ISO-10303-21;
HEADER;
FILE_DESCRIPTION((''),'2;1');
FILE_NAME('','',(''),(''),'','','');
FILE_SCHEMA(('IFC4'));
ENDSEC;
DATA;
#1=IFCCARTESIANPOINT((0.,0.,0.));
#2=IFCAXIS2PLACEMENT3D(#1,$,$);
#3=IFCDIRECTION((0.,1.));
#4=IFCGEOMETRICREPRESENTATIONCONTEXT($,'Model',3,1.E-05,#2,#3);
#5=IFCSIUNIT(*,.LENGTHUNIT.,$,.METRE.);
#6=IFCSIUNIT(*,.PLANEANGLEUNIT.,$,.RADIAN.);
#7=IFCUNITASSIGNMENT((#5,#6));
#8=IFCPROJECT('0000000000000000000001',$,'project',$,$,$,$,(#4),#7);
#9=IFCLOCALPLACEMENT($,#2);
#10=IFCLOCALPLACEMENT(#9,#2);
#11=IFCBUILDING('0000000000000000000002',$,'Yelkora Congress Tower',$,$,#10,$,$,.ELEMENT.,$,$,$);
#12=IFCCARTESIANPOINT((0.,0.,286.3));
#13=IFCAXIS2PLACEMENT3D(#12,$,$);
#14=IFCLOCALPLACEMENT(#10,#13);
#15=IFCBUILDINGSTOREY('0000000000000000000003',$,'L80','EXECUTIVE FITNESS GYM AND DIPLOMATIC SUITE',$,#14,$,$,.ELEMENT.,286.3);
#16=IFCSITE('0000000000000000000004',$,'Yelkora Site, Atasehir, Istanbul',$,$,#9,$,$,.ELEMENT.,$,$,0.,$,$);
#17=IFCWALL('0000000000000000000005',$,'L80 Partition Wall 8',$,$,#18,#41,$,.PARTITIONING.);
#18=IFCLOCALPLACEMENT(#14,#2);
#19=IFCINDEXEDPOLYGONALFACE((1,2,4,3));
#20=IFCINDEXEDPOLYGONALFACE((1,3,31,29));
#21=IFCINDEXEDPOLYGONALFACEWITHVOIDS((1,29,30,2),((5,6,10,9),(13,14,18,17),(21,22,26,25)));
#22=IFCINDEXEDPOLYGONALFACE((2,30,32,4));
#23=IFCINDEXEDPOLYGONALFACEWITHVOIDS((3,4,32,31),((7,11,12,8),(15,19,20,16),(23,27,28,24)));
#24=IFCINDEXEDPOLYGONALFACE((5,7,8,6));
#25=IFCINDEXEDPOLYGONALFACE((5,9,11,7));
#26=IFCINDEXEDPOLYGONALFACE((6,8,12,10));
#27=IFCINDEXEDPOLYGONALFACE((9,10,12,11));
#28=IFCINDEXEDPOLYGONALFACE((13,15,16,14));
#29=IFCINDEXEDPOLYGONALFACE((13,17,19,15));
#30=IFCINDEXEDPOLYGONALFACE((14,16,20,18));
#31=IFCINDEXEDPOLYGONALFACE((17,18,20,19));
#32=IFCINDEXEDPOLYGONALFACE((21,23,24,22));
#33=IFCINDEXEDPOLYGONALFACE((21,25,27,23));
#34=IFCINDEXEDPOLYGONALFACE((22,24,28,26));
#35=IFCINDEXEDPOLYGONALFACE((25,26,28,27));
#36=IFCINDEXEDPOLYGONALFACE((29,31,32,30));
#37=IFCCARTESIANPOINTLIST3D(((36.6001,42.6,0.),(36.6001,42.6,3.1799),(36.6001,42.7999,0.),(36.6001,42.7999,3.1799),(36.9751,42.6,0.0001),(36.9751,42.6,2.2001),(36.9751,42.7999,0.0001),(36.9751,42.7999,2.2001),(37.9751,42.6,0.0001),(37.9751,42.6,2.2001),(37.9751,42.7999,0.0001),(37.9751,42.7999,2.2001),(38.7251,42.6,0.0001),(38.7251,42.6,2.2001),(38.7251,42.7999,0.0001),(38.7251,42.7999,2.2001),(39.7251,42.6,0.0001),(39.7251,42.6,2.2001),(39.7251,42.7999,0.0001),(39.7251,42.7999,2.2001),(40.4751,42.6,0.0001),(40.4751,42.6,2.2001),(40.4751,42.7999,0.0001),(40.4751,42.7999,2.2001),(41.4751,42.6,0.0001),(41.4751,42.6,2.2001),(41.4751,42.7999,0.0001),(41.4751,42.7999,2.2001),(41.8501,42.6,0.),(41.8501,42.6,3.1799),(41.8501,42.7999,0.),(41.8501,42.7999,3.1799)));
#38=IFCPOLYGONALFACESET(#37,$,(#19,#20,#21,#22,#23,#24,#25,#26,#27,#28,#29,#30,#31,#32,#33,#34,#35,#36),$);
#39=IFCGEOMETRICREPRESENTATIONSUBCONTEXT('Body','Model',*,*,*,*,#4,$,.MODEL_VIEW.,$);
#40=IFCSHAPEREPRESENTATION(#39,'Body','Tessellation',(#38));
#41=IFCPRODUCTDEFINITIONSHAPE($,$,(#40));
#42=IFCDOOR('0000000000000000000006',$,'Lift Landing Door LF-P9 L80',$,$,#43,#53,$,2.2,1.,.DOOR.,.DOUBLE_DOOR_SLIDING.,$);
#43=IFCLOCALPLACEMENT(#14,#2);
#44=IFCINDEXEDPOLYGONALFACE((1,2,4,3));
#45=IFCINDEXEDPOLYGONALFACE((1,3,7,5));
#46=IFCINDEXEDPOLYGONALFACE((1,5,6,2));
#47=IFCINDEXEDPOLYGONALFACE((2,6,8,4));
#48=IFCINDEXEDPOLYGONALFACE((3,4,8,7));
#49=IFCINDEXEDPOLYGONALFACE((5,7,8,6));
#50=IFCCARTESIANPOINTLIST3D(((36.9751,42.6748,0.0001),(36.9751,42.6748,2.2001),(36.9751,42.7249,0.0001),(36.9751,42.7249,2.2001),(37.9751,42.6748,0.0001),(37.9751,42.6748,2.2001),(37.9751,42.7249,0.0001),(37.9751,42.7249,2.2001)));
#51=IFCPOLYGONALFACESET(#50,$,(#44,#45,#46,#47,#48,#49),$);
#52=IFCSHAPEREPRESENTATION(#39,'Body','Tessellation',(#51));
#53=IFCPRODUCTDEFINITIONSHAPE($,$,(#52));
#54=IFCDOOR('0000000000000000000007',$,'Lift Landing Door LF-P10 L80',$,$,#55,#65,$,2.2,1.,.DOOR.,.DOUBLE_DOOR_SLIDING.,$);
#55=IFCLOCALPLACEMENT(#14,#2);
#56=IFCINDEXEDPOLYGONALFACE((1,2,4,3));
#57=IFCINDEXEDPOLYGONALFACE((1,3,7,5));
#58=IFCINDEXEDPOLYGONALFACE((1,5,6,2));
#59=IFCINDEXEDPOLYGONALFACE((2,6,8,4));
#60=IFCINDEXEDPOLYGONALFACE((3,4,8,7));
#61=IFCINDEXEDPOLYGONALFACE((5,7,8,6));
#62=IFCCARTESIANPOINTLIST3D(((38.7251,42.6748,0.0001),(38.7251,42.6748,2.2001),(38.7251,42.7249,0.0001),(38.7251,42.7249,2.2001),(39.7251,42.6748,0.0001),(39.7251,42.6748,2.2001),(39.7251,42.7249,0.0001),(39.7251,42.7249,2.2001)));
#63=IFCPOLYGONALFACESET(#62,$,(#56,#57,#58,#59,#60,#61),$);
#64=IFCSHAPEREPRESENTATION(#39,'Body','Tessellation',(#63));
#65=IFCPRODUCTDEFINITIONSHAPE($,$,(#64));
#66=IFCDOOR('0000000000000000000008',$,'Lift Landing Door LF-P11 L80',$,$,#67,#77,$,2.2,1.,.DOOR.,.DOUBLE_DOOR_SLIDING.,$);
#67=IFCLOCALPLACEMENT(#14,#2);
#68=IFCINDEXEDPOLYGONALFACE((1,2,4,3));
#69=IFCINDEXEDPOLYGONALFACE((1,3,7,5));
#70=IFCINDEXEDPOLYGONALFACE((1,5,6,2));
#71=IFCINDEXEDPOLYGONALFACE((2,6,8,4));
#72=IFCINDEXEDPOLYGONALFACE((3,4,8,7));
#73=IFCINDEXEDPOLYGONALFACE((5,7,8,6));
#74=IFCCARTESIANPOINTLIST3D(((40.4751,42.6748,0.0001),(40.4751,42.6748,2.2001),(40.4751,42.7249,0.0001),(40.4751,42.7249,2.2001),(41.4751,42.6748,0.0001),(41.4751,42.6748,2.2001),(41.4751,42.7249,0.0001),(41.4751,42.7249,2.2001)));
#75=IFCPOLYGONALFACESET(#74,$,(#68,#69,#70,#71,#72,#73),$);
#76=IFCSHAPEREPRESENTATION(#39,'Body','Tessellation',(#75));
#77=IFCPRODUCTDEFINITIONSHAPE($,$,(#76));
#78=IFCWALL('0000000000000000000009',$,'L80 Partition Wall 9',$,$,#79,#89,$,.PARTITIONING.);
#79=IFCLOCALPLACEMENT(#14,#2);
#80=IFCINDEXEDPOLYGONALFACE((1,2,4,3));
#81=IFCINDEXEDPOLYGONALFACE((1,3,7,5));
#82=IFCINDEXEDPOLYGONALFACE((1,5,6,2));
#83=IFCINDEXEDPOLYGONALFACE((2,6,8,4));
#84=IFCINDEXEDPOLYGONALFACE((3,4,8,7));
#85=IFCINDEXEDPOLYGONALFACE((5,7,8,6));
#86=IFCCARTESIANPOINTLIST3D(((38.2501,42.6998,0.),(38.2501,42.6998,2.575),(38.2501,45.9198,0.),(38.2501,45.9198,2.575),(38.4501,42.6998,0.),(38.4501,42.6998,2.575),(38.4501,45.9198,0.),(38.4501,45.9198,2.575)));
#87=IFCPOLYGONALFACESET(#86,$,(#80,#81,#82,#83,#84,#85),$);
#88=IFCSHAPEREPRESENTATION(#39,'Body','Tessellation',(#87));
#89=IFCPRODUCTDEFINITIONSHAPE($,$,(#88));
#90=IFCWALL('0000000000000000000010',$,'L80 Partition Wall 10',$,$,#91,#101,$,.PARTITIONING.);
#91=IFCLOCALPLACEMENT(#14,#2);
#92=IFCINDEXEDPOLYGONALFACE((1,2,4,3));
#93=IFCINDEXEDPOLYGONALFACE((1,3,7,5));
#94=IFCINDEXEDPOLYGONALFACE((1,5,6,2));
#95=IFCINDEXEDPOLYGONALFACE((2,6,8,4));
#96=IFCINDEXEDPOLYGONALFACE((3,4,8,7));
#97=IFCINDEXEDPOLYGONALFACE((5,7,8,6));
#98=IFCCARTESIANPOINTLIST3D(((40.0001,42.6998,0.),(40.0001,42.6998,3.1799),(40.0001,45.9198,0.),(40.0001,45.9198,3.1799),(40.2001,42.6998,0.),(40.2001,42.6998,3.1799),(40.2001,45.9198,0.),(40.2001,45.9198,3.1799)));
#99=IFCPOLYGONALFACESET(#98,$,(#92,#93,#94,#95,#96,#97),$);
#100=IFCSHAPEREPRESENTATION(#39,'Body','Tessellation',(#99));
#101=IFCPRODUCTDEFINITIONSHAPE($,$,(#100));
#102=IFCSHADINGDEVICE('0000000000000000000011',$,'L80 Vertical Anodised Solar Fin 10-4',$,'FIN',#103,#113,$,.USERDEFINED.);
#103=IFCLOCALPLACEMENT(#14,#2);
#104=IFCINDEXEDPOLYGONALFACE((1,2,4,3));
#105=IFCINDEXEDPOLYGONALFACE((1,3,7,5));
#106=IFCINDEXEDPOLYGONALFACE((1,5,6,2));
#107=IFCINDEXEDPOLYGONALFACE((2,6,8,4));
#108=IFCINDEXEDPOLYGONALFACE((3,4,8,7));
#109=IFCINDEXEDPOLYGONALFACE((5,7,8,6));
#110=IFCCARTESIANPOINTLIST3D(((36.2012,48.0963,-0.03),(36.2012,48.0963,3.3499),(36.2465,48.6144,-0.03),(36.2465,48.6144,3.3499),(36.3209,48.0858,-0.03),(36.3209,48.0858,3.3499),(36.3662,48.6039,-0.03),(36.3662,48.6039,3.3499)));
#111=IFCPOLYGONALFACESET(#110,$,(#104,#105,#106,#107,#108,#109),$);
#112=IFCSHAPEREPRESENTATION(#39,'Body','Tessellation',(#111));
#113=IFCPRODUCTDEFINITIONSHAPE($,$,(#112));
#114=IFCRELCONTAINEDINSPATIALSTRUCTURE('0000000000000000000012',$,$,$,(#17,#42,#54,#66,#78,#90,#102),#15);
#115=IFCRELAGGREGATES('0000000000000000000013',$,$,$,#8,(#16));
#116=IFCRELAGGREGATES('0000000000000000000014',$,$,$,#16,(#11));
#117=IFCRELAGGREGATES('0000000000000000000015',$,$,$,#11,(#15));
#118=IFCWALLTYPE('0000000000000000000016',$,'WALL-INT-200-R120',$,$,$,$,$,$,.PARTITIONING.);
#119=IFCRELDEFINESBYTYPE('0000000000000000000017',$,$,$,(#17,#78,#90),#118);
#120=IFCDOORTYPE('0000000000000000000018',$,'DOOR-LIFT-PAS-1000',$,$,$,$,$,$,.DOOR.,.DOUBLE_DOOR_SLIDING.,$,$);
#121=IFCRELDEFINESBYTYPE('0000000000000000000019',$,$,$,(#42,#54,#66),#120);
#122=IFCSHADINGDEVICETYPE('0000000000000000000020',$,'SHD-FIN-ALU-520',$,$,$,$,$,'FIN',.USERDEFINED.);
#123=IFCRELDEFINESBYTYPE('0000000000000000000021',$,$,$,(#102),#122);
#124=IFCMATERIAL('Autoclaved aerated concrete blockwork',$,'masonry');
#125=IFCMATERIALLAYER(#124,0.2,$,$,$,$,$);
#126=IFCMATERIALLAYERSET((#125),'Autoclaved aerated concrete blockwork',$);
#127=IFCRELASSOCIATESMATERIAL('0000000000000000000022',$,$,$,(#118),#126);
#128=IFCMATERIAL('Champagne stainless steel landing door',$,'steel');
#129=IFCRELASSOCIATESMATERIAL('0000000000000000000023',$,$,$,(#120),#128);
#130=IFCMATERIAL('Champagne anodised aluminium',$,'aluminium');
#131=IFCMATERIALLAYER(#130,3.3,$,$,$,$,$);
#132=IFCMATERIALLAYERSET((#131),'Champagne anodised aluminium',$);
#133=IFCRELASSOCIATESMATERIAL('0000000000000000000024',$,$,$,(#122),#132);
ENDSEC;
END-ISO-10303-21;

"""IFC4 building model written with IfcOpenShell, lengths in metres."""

from ifc_helpers import new_model, si_unit, direction, frame, frame_2d, origin, origin_2d, place, context, subcontext, project, spatial, rectangle, extrude, material, layer, layer_set, type_object, element, fill, save


model = new_model("IFC4")

# Units and contexts
model_context = context("Model", 3, precision=1e-05, world=origin(), true_north=direction((0.0, 1.0)))
body_context = subcontext(model_context, "Body", "Model", "MODEL_VIEW")
ifc_project = project(units=[si_unit("LENGTHUNIT", "METRE"), si_unit("PLANEANGLEUNIT", "RADIAN")], contexts=[model_context])

# Site, building, storey
site_placement = place(None, origin())
site = spatial("IfcSite", under=ifc_project, at=site_placement, Name="Yelkora Site, Atasehir, Istanbul", CompositionType="ELEMENT", RefElevation=0.0)
building_placement = place(site_placement, origin())
building = spatial("IfcBuilding", under=site, at=building_placement, Name="Yelkora Congress Tower", CompositionType="ELEMENT")
storey_placement = place(building_placement, frame((0.0, 0.0, 286.3)))
storey = spatial("IfcBuildingStorey", under=building, at=storey_placement, Name="L80", Description="EXECUTIVE FITNESS GYM AND DIPLOMATIC SUITE", CompositionType="ELEMENT", Elevation=286.3)

# Wall, openings, doors
ifc_material_1 = material(Name="Autoclaved aerated concrete blockwork", Category="masonry")
ifc_layer_1 = layer(ifc_material_1, 0.2)
ifc_layer_set_1 = layer_set([ifc_layer_1], Name="Autoclaved aerated concrete blockwork")
wall_type_1 = type_object("IfcWallType", Name="WALL-INT-200-R120", PredefinedType="PARTITIONING", material=ifc_layer_set_1)
wall_1_placement = place(storey_placement, frame((36.6001, 42.7, 0.0), z_axis=(0.0, 0.0, 1.0), x_axis=(1.0, 0.0, 0.0)))
wall_1 = element("IfcWall", 1, at=wall_1_placement, inside=storey, type_object=wall_type_1, Name="L80 Partition Wall 8", PredefinedType="PARTITIONING", context=body_context, shape_type="SweptSolid", body=[
    extrude(rectangle(XDim=5.25, YDim=0.2, at=frame_2d((2.625, 0.0))), origin(), (0.0, 0.0, 1.0), 3.1799),
])
opening_1_placement = place(wall_1_placement, frame((0.375, 0.0, 0.0)))
opening_1 = element("IfcOpeningElement", 2, at=opening_1_placement, cuts=wall_1, PredefinedType="OPENING", context=body_context, shape_type="SweptSolid", body=[
    extrude(rectangle(XDim=1.0, YDim=2.2, at=frame_2d((0.5, 1.1001))), frame((0.0, 0.1099, 0.0), z_axis=(0.0, -1.0, 0.0), x_axis=(1.0, 0.0, 0.0)), (0.0, 0.0, 1.0), 0.22),
])
opening_2_placement = place(wall_1_placement, frame((2.125, 0.0, 0.0)))
opening_2 = element("IfcOpeningElement", 3, at=opening_2_placement, cuts=wall_1, PredefinedType="OPENING", context=body_context, shape_type="SweptSolid", body=[
    extrude(rectangle(XDim=1.0, YDim=2.2, at=frame_2d((0.5, 1.1001))), frame((0.0, 0.1099, 0.0), z_axis=(0.0, -1.0, 0.0), x_axis=(1.0, 0.0, 0.0)), (0.0, 0.0, 1.0), 0.22),
])
opening_3_placement = place(wall_1_placement, frame((3.875, 0.0, 0.0)))
opening_3 = element("IfcOpeningElement", 4, at=opening_3_placement, cuts=wall_1, PredefinedType="OPENING", context=body_context, shape_type="SweptSolid", body=[
    extrude(rectangle(XDim=1.0, YDim=2.2, at=frame_2d((0.5, 1.1001))), frame((0.0, 0.1099, 0.0), z_axis=(0.0, -1.0, 0.0), x_axis=(1.0, 0.0, 0.0)), (0.0, 0.0, 1.0), 0.22),
])
ifc_material_2 = material(Name="Champagne stainless steel landing door", Category="steel")
door_type_1 = type_object("IfcDoorType", Name="DOOR-LIFT-PAS-1000", OperationType="DOUBLE_DOOR_SLIDING", PredefinedType="DOOR", material=ifc_material_2)
door_1_placement = place(opening_1_placement, origin())
door_1 = element("IfcDoor", 5, at=door_1_placement, inside=storey, type_object=door_type_1, Name="Lift Landing Door LF-P9 L80", OperationType="DOUBLE_DOOR_SLIDING", OverallHeight=2.2, OverallWidth=1.0, PredefinedType="DOOR", context=body_context, shape_type="SweptSolid", body=[
    extrude(rectangle(XDim=1.0, YDim=2.2, at=frame_2d((0.5, 1.1001))), frame((0.0, 0.0249, 0.0), z_axis=(0.0, -1.0, 0.0), x_axis=(1.0, 0.0, 0.0)), (0.0, 0.0, 1.0), 0.05),
])
fill(opening_1, door_1)
door_2_placement = place(opening_2_placement, origin())
door_2 = element("IfcDoor", 6, at=door_2_placement, inside=storey, type_object=door_type_1, Name="Lift Landing Door LF-P10 L80", OperationType="DOUBLE_DOOR_SLIDING", OverallHeight=2.2, OverallWidth=1.0, PredefinedType="DOOR", context=body_context, shape_type="SweptSolid", body=[
    extrude(rectangle(XDim=1.0, YDim=2.2, at=frame_2d((0.5, 1.1001))), frame((0.0, 0.0249, 0.0), z_axis=(0.0, -1.0, 0.0), x_axis=(1.0, 0.0, 0.0)), (0.0, 0.0, 1.0), 0.05),
])
fill(opening_2, door_2)
door_3_placement = place(opening_3_placement, origin())
door_3 = element("IfcDoor", 7, at=door_3_placement, inside=storey, type_object=door_type_1, Name="Lift Landing Door LF-P11 L80", OperationType="DOUBLE_DOOR_SLIDING", OverallHeight=2.2, OverallWidth=1.0, PredefinedType="DOOR", context=body_context, shape_type="SweptSolid", body=[
    extrude(rectangle(XDim=1.0, YDim=2.2, at=frame_2d((0.5, 1.1001))), frame((0.0, 0.0249, 0.0), z_axis=(0.0, -1.0, 0.0), x_axis=(1.0, 0.0, 0.0)), (0.0, 0.0, 1.0), 0.05),
])
fill(opening_3, door_3)

# Walls
wall_2_placement = place(storey_placement, frame((38.3501, 42.7, 0.0), z_axis=(0.0, 0.0, 1.0), x_axis=(0.0, 1.0, 0.0)))
element("IfcWall", 8, at=wall_2_placement, inside=storey, type_object=wall_type_1, Name="L80 Partition Wall 9", PredefinedType="PARTITIONING", context=body_context, shape_type="SweptSolid", body=[
    extrude(rectangle(XDim=3.22, YDim=0.2, at=frame_2d((1.6099, 0.0))), origin(), (0.0, 0.0, 1.0), 2.575),
])
wall_3_placement = place(storey_placement, frame((40.1001, 42.7, 0.0), z_axis=(0.0, 0.0, 1.0), x_axis=(0.0, 1.0, 0.0)))
element("IfcWall", 9, at=wall_3_placement, inside=storey, type_object=wall_type_1, Name="L80 Partition Wall 10", PredefinedType="PARTITIONING", context=body_context, shape_type="SweptSolid", body=[
    extrude(rectangle(XDim=3.22, YDim=0.2, at=frame_2d((1.6099, 0.0))), origin(), (0.0, 0.0, 1.0), 3.1799),
])

# Shading device
ifc_material_3 = material(Name="Champagne anodised aluminium", Category="aluminium")
ifc_layer_2 = layer(ifc_material_3, 3.3)
ifc_layer_set_2 = layer_set([ifc_layer_2], Name="Champagne anodised aluminium")
shading_device_type = type_object("IfcShadingDeviceType", Name="SHD-FIN-ALU-520", ElementType="FIN", PredefinedType="USERDEFINED", material=ifc_layer_set_2)
shading_device_placement = place(storey_placement, frame((36.2837, 48.3501, -0.03), z_axis=(0.0, 0.0, 1.0), x_axis=(0.996195, -0.087156, 0.0)))
element("IfcShadingDevice", 10, at=shading_device_placement, inside=storey, type_object=shading_device_type, Name="L80 Vertical Anodised Solar Fin 10-4", ObjectType="FIN", PredefinedType="USERDEFINED", context=body_context, shape_type="SweptSolid", body=[
    extrude(rectangle(XDim=0.1201, YDim=0.52, at=origin_2d()), origin(), (0.0, 0.0, 1.0), 3.3799),
])

save(model, "model.ifc")
